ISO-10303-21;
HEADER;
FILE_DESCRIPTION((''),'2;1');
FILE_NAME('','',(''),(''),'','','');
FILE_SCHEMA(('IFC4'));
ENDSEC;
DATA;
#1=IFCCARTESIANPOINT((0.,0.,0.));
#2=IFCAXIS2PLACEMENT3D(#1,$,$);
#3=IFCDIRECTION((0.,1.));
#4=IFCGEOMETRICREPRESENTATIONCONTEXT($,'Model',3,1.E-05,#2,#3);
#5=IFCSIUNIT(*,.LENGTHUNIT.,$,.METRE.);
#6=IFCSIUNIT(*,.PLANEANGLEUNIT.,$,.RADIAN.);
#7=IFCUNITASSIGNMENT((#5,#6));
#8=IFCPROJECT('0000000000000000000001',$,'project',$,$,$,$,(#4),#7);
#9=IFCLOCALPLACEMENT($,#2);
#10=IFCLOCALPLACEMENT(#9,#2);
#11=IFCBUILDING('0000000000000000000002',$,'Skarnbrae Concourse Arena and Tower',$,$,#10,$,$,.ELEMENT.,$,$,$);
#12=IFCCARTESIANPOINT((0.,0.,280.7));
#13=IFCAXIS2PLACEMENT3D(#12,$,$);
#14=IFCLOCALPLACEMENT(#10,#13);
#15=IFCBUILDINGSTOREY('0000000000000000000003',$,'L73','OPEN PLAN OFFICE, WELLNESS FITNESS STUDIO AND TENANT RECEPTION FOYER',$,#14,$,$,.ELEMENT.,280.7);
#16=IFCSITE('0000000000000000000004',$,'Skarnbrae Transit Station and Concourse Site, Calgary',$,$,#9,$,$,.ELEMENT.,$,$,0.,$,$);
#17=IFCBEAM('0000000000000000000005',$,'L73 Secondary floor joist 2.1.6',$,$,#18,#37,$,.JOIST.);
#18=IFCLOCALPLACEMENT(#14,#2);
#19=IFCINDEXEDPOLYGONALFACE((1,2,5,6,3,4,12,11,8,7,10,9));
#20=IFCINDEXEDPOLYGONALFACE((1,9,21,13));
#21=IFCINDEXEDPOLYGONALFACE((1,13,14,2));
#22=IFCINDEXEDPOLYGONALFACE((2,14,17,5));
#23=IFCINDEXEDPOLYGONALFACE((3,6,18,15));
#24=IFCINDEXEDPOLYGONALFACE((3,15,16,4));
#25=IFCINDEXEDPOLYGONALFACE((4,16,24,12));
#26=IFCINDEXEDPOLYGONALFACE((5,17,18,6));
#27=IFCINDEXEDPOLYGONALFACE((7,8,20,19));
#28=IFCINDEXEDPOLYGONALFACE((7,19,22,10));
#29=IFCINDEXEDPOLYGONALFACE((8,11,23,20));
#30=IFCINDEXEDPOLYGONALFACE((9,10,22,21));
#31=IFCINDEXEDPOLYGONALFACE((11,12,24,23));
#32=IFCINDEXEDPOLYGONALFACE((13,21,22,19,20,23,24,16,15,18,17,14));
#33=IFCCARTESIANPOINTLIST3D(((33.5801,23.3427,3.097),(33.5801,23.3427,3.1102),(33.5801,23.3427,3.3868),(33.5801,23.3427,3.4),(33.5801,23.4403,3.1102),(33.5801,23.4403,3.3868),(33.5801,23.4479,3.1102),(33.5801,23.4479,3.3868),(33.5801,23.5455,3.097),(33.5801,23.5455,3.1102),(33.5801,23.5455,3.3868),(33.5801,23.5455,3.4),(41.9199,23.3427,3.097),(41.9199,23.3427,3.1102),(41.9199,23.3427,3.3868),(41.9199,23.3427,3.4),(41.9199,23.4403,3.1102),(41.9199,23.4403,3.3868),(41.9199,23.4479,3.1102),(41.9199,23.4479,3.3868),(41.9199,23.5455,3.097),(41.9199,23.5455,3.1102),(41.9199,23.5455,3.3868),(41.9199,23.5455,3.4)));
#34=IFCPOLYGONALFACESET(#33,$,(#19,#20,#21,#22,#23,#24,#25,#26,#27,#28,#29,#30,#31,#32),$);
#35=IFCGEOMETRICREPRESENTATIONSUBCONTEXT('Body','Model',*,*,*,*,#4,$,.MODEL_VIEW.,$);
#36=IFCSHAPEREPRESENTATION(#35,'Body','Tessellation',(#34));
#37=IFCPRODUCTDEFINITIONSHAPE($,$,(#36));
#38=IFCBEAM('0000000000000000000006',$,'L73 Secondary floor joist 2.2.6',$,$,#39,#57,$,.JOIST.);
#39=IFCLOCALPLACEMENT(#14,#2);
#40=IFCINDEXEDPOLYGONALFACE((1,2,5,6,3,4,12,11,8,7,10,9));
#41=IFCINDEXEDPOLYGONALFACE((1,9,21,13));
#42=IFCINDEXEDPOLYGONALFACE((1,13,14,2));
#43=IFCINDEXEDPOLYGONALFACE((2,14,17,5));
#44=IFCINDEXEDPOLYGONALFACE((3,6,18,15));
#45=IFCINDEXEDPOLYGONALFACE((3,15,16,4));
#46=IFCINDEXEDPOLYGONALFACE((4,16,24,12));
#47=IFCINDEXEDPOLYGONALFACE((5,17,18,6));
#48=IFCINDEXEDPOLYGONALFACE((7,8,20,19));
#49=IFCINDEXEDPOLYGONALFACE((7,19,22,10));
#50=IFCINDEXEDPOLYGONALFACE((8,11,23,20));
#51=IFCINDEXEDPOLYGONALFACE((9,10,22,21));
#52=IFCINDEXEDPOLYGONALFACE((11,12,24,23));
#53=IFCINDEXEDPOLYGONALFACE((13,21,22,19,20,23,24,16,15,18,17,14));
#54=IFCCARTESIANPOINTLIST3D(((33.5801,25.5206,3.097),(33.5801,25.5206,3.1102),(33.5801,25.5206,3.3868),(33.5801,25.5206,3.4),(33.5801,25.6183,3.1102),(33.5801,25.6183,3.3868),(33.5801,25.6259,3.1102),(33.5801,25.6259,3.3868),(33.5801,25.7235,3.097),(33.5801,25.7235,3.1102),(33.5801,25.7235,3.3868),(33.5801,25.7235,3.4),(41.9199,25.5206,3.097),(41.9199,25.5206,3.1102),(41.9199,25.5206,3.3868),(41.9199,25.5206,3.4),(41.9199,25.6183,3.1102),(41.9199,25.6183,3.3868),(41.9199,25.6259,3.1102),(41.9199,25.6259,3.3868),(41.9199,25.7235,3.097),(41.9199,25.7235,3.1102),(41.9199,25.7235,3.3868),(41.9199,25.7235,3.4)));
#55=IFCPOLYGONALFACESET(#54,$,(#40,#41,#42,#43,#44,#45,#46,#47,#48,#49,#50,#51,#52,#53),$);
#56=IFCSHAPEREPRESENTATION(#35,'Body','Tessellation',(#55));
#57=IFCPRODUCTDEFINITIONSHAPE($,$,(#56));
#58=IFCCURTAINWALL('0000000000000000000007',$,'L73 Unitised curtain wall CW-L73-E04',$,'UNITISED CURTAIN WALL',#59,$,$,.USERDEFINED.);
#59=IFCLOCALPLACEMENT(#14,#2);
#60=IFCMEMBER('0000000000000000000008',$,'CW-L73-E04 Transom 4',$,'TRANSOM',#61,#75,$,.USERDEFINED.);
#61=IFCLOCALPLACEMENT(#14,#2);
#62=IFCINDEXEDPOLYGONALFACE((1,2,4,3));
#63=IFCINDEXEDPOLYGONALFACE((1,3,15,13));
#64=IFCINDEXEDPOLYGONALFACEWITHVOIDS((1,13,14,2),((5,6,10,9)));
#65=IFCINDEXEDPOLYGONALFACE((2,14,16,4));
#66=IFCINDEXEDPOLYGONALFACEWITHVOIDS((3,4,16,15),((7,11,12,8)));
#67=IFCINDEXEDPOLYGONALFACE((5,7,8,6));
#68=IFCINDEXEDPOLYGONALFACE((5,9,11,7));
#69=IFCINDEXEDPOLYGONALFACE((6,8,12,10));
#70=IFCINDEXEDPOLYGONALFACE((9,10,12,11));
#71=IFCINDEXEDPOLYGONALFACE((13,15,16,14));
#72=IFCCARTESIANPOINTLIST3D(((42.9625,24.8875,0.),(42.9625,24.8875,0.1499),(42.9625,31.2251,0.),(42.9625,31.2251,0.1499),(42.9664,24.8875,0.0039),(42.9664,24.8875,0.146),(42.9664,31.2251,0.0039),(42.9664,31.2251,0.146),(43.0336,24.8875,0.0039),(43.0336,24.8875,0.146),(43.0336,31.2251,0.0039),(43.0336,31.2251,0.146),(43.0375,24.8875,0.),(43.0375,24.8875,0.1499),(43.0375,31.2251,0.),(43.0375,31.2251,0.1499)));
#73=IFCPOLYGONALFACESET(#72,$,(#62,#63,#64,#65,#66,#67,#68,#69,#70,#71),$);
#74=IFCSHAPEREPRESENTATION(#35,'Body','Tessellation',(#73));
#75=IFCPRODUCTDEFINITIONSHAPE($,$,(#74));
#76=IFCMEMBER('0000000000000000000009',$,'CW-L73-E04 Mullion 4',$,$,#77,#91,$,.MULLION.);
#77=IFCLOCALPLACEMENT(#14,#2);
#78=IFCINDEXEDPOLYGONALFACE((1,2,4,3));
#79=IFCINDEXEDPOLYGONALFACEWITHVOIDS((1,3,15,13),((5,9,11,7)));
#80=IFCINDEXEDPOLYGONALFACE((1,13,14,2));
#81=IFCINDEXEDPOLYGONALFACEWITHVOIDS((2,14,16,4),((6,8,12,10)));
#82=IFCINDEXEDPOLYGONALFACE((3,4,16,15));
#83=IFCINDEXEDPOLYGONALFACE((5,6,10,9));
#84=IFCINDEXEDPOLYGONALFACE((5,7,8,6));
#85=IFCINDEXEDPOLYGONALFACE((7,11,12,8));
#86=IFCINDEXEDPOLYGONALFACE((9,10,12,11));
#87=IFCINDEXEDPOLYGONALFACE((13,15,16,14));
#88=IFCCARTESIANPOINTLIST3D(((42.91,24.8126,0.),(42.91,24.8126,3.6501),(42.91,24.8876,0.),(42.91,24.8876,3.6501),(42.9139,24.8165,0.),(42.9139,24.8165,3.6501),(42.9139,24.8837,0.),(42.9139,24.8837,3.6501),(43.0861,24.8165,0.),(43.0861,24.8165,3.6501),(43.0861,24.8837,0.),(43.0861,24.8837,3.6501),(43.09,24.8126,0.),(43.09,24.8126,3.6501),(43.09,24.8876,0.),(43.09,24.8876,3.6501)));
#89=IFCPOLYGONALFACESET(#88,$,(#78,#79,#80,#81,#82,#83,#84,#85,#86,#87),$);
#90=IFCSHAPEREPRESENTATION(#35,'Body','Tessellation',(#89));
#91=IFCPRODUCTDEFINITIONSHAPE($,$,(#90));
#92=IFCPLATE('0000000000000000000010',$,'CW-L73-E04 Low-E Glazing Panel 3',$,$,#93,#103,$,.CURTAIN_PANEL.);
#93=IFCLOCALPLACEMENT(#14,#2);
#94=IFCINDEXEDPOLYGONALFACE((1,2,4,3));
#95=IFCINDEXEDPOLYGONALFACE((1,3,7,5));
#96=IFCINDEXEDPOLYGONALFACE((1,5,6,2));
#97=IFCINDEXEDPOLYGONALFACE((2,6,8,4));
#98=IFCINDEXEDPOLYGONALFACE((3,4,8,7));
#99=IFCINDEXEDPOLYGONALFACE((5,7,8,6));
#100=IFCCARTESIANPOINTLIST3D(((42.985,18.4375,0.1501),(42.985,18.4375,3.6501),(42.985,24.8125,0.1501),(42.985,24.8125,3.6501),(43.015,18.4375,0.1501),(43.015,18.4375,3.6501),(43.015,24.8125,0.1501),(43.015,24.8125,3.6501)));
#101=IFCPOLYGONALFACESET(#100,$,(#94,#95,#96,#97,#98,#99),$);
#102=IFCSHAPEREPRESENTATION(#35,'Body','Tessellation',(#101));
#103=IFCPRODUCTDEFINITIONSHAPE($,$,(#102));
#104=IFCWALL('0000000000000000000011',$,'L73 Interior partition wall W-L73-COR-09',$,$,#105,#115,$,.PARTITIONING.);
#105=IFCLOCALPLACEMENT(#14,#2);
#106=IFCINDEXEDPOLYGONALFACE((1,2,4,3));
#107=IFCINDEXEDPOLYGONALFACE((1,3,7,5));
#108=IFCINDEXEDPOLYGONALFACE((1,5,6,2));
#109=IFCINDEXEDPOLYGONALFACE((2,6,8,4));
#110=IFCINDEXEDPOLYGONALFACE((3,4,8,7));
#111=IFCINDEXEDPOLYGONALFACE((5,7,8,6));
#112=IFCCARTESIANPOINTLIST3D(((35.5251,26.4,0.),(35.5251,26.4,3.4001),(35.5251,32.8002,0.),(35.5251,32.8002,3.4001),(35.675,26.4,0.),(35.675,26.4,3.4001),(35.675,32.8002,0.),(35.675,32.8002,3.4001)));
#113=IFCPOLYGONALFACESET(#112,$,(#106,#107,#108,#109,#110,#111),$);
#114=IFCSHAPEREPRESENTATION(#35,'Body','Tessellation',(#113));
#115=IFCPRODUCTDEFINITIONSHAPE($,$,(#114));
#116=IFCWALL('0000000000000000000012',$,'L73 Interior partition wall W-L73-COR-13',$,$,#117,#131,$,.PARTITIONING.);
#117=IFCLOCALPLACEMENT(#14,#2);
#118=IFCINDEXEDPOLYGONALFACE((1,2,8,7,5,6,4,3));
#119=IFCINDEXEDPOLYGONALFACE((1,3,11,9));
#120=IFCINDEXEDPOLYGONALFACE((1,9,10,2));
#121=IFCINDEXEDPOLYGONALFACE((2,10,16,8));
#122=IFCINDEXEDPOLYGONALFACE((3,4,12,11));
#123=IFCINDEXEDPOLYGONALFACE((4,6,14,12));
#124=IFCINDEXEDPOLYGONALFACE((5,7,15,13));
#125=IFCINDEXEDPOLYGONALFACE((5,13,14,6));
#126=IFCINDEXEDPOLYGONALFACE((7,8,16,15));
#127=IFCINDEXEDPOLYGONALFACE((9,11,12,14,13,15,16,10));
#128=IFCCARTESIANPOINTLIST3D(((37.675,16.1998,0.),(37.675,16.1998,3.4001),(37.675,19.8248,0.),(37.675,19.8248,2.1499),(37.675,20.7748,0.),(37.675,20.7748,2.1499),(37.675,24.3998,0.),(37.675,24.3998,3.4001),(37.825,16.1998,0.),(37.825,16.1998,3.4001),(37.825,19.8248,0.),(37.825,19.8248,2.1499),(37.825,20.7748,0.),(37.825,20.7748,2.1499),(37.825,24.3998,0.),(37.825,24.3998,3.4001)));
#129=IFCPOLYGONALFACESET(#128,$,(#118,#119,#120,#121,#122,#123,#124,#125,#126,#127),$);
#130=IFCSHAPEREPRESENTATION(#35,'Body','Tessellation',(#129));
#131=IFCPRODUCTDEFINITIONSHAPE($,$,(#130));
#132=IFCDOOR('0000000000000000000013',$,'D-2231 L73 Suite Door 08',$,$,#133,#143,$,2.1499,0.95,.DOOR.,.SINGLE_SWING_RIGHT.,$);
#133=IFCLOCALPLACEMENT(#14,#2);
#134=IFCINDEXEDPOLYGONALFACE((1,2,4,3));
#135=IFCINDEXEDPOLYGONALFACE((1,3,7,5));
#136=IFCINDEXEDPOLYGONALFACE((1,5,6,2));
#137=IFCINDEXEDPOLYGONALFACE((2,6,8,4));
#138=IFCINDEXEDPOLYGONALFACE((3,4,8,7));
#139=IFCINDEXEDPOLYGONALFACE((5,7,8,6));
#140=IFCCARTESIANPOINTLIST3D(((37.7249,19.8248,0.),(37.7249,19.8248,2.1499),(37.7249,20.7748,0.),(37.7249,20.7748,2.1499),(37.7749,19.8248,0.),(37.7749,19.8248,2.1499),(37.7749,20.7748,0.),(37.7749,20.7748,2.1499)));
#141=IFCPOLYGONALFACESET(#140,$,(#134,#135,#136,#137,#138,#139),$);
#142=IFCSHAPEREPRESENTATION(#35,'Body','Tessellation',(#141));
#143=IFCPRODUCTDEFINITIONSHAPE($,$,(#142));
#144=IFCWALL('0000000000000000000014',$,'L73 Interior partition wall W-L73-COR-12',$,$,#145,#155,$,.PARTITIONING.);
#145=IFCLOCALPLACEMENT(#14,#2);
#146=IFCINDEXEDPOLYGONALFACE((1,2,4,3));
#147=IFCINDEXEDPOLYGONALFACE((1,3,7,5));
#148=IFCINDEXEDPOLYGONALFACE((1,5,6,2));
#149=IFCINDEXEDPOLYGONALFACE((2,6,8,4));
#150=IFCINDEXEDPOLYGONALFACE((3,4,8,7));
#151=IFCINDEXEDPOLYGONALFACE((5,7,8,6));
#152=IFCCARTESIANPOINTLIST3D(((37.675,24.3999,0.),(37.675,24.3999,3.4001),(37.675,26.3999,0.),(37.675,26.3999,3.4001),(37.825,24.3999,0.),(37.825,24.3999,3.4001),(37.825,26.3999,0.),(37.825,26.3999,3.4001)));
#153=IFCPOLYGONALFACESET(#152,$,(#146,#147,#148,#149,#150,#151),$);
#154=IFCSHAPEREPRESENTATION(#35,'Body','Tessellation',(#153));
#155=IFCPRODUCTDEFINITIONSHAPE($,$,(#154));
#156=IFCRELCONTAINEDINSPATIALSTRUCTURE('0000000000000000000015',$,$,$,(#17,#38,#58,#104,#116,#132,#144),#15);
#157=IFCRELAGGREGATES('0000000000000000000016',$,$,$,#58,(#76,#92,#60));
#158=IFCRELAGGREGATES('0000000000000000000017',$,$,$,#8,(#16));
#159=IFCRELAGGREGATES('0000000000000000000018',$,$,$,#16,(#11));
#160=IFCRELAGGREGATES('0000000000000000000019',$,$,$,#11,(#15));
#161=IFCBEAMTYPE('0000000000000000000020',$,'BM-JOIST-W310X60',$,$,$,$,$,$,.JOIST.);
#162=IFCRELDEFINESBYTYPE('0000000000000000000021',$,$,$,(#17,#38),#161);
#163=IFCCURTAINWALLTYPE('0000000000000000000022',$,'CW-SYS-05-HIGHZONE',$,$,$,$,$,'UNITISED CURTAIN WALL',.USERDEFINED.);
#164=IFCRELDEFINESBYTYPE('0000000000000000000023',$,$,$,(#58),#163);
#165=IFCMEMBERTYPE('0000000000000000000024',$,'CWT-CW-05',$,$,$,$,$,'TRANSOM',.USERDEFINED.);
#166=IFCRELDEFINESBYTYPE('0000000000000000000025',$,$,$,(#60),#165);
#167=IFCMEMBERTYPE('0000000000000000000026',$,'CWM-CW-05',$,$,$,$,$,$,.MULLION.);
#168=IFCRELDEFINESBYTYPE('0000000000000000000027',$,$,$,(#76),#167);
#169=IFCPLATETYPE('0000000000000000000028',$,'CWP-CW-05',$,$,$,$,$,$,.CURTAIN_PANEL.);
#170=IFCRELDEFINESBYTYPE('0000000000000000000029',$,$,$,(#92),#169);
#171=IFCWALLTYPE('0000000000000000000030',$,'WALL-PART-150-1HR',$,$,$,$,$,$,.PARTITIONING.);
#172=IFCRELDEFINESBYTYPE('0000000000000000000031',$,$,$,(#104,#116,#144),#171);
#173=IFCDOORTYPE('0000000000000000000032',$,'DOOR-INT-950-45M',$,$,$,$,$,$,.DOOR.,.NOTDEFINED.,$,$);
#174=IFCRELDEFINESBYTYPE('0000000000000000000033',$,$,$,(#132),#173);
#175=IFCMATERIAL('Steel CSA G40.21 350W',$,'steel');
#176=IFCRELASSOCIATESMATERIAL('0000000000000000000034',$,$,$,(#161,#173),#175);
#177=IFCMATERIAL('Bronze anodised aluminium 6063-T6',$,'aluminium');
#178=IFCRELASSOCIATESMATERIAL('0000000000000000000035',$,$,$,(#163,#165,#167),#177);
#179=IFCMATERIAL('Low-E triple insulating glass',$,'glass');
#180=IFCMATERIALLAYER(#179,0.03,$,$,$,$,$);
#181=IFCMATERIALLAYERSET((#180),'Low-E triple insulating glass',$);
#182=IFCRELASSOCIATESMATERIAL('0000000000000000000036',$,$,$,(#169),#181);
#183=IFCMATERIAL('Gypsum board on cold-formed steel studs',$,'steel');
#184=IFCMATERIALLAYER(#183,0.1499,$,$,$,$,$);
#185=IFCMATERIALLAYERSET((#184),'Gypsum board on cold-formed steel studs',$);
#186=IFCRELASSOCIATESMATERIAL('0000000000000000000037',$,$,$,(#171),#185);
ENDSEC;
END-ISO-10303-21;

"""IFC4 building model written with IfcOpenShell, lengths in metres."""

from ifc_helpers import new_model, si_unit, direction, frame, frame_2d, origin, origin_2d, place, context, subcontext, project, spatial, rectangle, hollow_rectangle, i_section, extrude, source, transform, mapped, material, layer, layer_set, material_profile, profile_set, type_object, element, fill, aggregate, save


model = new_model("IFC4")

# Units and contexts
model_context = context("Model", 3, precision=1e-05, world=origin(), true_north=direction((0.0, 1.0)))
body_context = subcontext(model_context, "Body", "Model", "MODEL_VIEW")
ifc_project = project(units=[si_unit("LENGTHUNIT", "METRE"), si_unit("PLANEANGLEUNIT", "RADIAN")], contexts=[model_context])

# Site, building, storey
site_placement = place(None, origin())
site = spatial("IfcSite", under=ifc_project, at=site_placement, Name="Skarnbrae Transit Station and Concourse Site, Calgary", CompositionType="ELEMENT", RefElevation=0.0)
building_placement = place(site_placement, origin())
building = spatial("IfcBuilding", under=site, at=building_placement, Name="Skarnbrae Concourse Arena and Tower", CompositionType="ELEMENT")
storey_placement = place(building_placement, frame((0.0, 0.0, 280.7)))
storey = spatial("IfcBuildingStorey", under=building, at=storey_placement, Name="L73", Description="OPEN PLAN OFFICE, WELLNESS FITNESS STUDIO AND TENANT RECEPTION FOYER", CompositionType="ELEMENT", Elevation=280.7)

# Shared definitions
ifc_material_1 = material(Name="Steel CSA G40.21 350W", Category="steel")

# Beams
ifc_material_profile_1 = material_profile(ifc_material_1, i_section(OverallWidth=0.2029, OverallDepth=0.303, WebThickness=0.0076, FlangeThickness=0.0132, at=origin_2d()), Name="W310X60")
ifc_profile_set_1 = profile_set([ifc_material_profile_1], Name="Steel CSA G40.21 350W")
beam_type_1 = type_object("IfcBeamType", Name="BM-JOIST-W310X60", PredefinedType="JOIST", material=ifc_profile_set_1)
shared_shape_1 = source(origin(), body_context, "Body", "SweptSolid", [
    extrude(i_section(OverallWidth=0.2029, OverallDepth=0.303, WebThickness=0.0076, FlangeThickness=0.0132, at=origin_2d()), origin(), (0.0, 0.0, 1.0), 8.3398),
])
for number, where, z_axis, x_axis, name in (
    (1, (33.5801, 23.4441, 3.2485), (1.0, 0.0, 0.0), (0.0, 1.0, 0.0), "L73 Secondary floor joist 2.1.6"),
    (2, (33.5801, 25.6221, 3.2485), (1.0, 0.0, 0.0), (0.0, 1.0, 0.0), "L73 Secondary floor joist 2.2.6"),
):
    element("IfcBeam", number, at=place(storey_placement, frame(where, z_axis=z_axis, x_axis=x_axis)), inside=storey, type_object=beam_type_1, Name=name, PredefinedType="JOIST", context=body_context, shape_type="MappedRepresentation", body=[
        mapped(shared_shape_1, transform((0.0, 0.0, 0.0))),
    ])

# Curtain wall, members, plate
ifc_material_2 = material(Name="Bronze anodised aluminium 6063-T6", Category="aluminium")
curtain_wall_type = type_object("IfcCurtainWallType", Name="CW-SYS-05-HIGHZONE", ElementType="UNITISED CURTAIN WALL", PredefinedType="USERDEFINED", material=ifc_material_2)
curtain_wall_placement = place(storey_placement, origin())
curtain_wall = element("IfcCurtainWall", 3, at=curtain_wall_placement, inside=storey, type_object=curtain_wall_type, Name="L73 Unitised curtain wall CW-L73-E04", ObjectType="UNITISED CURTAIN WALL", PredefinedType="USERDEFINED")
ifc_material_profile_2 = material_profile(ifc_material_2, hollow_rectangle(XDim=0.075, YDim=0.1499, WallThickness=0.0039, at=origin_2d()), Name="ALU-TRAN-75X150")
ifc_profile_set_2 = profile_set([ifc_material_profile_2], Name="Bronze anodised aluminium 6063-T6")
member_type_1 = type_object("IfcMemberType", Name="CWT-CW-05", ElementType="TRANSOM", PredefinedType="USERDEFINED", material=ifc_profile_set_2)
shared_shape_2 = source(origin(), body_context, "Body", "SweptSolid", [
    extrude(hollow_rectangle(XDim=0.075, YDim=0.1499, WallThickness=0.0039, at=origin_2d()), origin(), (0.0, 0.0, 1.0), 6.3376),
])
member_1_placement = place(storey_placement, frame((43.0, 24.8875, 0.075), z_axis=(0.0, 1.0, 0.0), x_axis=(-1.0, 0.0, 0.0)))
member_1 = element("IfcMember", 4, at=member_1_placement, type_object=member_type_1, Name="CW-L73-E04 Transom 4", ObjectType="TRANSOM", PredefinedType="USERDEFINED", context=body_context, shape_type="MappedRepresentation", body=[
    mapped(shared_shape_2, transform((0.0, 0.0, 0.0))),
])
ifc_material_profile_3 = material_profile(ifc_material_2, hollow_rectangle(XDim=0.075, YDim=0.1799, WallThickness=0.0039, at=origin_2d()), Name="ALU-MULL-75X180")
ifc_profile_set_3 = profile_set([ifc_material_profile_3], Name="Bronze anodised aluminium 6063-T6")
member_type_2 = type_object("IfcMemberType", Name="CWM-CW-05", PredefinedType="MULLION", material=ifc_profile_set_3)
shared_shape_3 = source(origin(), body_context, "Body", "SweptSolid", [
    extrude(hollow_rectangle(XDim=0.075, YDim=0.1799, WallThickness=0.0039, at=origin_2d()), origin(), (0.0, 0.0, 1.0), 3.6501),
])
member_2_placement = place(storey_placement, frame((43.0, 24.8501, 0.0), z_axis=(0.0, 0.0, 1.0), x_axis=(0.0, 1.0, 0.0)))
member_2 = element("IfcMember", 5, at=member_2_placement, type_object=member_type_2, Name="CW-L73-E04 Mullion 4", PredefinedType="MULLION", context=body_context, shape_type="MappedRepresentation", body=[
    mapped(shared_shape_3, transform((0.0, 0.0, 0.0))),
])
ifc_material_3 = material(Name="Low-E triple insulating glass", Category="glass")
ifc_layer_1 = layer(ifc_material_3, 0.03)
ifc_layer_set_1 = layer_set([ifc_layer_1], Name="Low-E triple insulating glass")
plate_type = type_object("IfcPlateType", Name="CWP-CW-05", PredefinedType="CURTAIN_PANEL", material=ifc_layer_set_1)
shared_shape_4 = source(origin(), body_context, "Body", "SweptSolid", [
    extrude(rectangle(XDim=6.375, YDim=0.03, at=origin_2d()), origin(), (0.0, 0.0, 1.0), 3.5),
])
plate_placement = place(storey_placement, frame((43.0, 21.625, 0.1501), z_axis=(0.0, 0.0, 1.0), x_axis=(0.0, 1.0, 0.0)))
plate = element("IfcPlate", 6, at=plate_placement, type_object=plate_type, Name="CW-L73-E04 Low-E Glazing Panel 3", PredefinedType="CURTAIN_PANEL", context=body_context, shape_type="MappedRepresentation", body=[
    mapped(shared_shape_4, transform((0.0, 0.0, 0.0))),
])
aggregate(curtain_wall, [member_2, plate, member_1])

# Wall
ifc_material_4 = material(Name="Gypsum board on cold-formed steel studs", Category="steel")
ifc_layer_2 = layer(ifc_material_4, 0.1499)
ifc_layer_set_2 = layer_set([ifc_layer_2], Name="Gypsum board on cold-formed steel studs")
wall_type = type_object("IfcWallType", Name="WALL-PART-150-1HR", PredefinedType="PARTITIONING", material=ifc_layer_set_2)
shared_shape_5 = source(origin(), body_context, "Body", "SweptSolid", [
    extrude(rectangle(XDim=6.4001, YDim=0.1499, at=frame_2d((3.2002, 0.0))), origin(), (0.0, 0.0, 1.0), 3.4001),
])
wall_1_placement = place(storey_placement, frame((35.6001, 26.3999, 0.0), z_axis=(0.0, 0.0, 1.0), x_axis=(0.0, 1.0, 0.0)))
element("IfcWall", 7, at=wall_1_placement, inside=storey, type_object=wall_type, Name="L73 Interior partition wall W-L73-COR-09", PredefinedType="PARTITIONING", context=body_context, shape_type="MappedRepresentation", body=[
    mapped(shared_shape_5, transform((0.0, 0.0, 0.0))),
])

# Wall, opening, door
shared_shape_6 = source(origin(), body_context, "Body", "SweptSolid", [
    extrude(rectangle(XDim=8.2, YDim=0.1499, at=frame_2d((4.1001, 0.0))), origin(), (0.0, 0.0, 1.0), 3.4001),
])
wall_2_placement = place(storey_placement, frame((37.75, 24.3999, 0.0), z_axis=(0.0, 0.0, 1.0), x_axis=(0.0, -1.0, 0.0)))
wall_2 = element("IfcWall", 8, at=wall_2_placement, inside=storey, type_object=wall_type, Name="L73 Interior partition wall W-L73-COR-13", PredefinedType="PARTITIONING", context=body_context, shape_type="MappedRepresentation", body=[
    mapped(shared_shape_6, transform((0.0, 0.0, 0.0))),
])
opening_1_placement = place(wall_2_placement, frame((3.625, 0.0, 0.0)))
opening_1 = element("IfcOpeningElement", 9, at=opening_1_placement, cuts=wall_2, PredefinedType="OPENING", context=body_context, shape_type="SweptSolid", body=[
    extrude(rectangle(XDim=0.95, YDim=2.1499, at=frame_2d((0.4751, 1.075))), frame((0.0, 0.085, 0.0), z_axis=(0.0, -1.0, 0.0), x_axis=(1.0, 0.0, 0.0)), (0.0, 0.0, 1.0), 0.1699),
])
door_type = type_object("IfcDoorType", Name="DOOR-INT-950-45M", OperationType="NOTDEFINED", PredefinedType="DOOR", material=ifc_material_1)
shared_shape_7 = source(origin(), body_context, "Body", "SweptSolid", [
    extrude(rectangle(XDim=0.95, YDim=2.1499, at=frame_2d((0.4751, 1.075))), frame((0.0, 0.0249, 0.0), z_axis=(0.0, -1.0, 0.0), x_axis=(1.0, 0.0, 0.0)), (0.0, 0.0, 1.0), 0.05),
])
door_1_placement = place(opening_1_placement, origin())
door_1 = element("IfcDoor", 10, at=door_1_placement, inside=storey, type_object=door_type, Name="D-2231 L73 Suite Door 08", OperationType="SINGLE_SWING_RIGHT", OverallHeight=2.1499, OverallWidth=0.95, PredefinedType="DOOR", context=body_context, shape_type="MappedRepresentation", body=[
    mapped(shared_shape_7, transform((0.0, 0.0, 0.0))),
])
fill(opening_1, door_1)

# Wall
shared_shape_8 = source(origin(), body_context, "Body", "SweptSolid", [
    extrude(rectangle(XDim=2.0, YDim=0.1499, at=frame_2d((1.0, 0.0))), origin(), (0.0, 0.0, 1.0), 3.4001),
])
wall_3_placement = place(storey_placement, frame((37.75, 26.3999, 0.0), z_axis=(0.0, 0.0, 1.0), x_axis=(0.0, -1.0, 0.0)))
element("IfcWall", 11, at=wall_3_placement, inside=storey, type_object=wall_type, Name="L73 Interior partition wall W-L73-COR-12", PredefinedType="PARTITIONING", context=body_context, shape_type="MappedRepresentation", body=[
    mapped(shared_shape_8, transform((0.0, 0.0, 0.0))),
])

save(model, "model.ifc")
